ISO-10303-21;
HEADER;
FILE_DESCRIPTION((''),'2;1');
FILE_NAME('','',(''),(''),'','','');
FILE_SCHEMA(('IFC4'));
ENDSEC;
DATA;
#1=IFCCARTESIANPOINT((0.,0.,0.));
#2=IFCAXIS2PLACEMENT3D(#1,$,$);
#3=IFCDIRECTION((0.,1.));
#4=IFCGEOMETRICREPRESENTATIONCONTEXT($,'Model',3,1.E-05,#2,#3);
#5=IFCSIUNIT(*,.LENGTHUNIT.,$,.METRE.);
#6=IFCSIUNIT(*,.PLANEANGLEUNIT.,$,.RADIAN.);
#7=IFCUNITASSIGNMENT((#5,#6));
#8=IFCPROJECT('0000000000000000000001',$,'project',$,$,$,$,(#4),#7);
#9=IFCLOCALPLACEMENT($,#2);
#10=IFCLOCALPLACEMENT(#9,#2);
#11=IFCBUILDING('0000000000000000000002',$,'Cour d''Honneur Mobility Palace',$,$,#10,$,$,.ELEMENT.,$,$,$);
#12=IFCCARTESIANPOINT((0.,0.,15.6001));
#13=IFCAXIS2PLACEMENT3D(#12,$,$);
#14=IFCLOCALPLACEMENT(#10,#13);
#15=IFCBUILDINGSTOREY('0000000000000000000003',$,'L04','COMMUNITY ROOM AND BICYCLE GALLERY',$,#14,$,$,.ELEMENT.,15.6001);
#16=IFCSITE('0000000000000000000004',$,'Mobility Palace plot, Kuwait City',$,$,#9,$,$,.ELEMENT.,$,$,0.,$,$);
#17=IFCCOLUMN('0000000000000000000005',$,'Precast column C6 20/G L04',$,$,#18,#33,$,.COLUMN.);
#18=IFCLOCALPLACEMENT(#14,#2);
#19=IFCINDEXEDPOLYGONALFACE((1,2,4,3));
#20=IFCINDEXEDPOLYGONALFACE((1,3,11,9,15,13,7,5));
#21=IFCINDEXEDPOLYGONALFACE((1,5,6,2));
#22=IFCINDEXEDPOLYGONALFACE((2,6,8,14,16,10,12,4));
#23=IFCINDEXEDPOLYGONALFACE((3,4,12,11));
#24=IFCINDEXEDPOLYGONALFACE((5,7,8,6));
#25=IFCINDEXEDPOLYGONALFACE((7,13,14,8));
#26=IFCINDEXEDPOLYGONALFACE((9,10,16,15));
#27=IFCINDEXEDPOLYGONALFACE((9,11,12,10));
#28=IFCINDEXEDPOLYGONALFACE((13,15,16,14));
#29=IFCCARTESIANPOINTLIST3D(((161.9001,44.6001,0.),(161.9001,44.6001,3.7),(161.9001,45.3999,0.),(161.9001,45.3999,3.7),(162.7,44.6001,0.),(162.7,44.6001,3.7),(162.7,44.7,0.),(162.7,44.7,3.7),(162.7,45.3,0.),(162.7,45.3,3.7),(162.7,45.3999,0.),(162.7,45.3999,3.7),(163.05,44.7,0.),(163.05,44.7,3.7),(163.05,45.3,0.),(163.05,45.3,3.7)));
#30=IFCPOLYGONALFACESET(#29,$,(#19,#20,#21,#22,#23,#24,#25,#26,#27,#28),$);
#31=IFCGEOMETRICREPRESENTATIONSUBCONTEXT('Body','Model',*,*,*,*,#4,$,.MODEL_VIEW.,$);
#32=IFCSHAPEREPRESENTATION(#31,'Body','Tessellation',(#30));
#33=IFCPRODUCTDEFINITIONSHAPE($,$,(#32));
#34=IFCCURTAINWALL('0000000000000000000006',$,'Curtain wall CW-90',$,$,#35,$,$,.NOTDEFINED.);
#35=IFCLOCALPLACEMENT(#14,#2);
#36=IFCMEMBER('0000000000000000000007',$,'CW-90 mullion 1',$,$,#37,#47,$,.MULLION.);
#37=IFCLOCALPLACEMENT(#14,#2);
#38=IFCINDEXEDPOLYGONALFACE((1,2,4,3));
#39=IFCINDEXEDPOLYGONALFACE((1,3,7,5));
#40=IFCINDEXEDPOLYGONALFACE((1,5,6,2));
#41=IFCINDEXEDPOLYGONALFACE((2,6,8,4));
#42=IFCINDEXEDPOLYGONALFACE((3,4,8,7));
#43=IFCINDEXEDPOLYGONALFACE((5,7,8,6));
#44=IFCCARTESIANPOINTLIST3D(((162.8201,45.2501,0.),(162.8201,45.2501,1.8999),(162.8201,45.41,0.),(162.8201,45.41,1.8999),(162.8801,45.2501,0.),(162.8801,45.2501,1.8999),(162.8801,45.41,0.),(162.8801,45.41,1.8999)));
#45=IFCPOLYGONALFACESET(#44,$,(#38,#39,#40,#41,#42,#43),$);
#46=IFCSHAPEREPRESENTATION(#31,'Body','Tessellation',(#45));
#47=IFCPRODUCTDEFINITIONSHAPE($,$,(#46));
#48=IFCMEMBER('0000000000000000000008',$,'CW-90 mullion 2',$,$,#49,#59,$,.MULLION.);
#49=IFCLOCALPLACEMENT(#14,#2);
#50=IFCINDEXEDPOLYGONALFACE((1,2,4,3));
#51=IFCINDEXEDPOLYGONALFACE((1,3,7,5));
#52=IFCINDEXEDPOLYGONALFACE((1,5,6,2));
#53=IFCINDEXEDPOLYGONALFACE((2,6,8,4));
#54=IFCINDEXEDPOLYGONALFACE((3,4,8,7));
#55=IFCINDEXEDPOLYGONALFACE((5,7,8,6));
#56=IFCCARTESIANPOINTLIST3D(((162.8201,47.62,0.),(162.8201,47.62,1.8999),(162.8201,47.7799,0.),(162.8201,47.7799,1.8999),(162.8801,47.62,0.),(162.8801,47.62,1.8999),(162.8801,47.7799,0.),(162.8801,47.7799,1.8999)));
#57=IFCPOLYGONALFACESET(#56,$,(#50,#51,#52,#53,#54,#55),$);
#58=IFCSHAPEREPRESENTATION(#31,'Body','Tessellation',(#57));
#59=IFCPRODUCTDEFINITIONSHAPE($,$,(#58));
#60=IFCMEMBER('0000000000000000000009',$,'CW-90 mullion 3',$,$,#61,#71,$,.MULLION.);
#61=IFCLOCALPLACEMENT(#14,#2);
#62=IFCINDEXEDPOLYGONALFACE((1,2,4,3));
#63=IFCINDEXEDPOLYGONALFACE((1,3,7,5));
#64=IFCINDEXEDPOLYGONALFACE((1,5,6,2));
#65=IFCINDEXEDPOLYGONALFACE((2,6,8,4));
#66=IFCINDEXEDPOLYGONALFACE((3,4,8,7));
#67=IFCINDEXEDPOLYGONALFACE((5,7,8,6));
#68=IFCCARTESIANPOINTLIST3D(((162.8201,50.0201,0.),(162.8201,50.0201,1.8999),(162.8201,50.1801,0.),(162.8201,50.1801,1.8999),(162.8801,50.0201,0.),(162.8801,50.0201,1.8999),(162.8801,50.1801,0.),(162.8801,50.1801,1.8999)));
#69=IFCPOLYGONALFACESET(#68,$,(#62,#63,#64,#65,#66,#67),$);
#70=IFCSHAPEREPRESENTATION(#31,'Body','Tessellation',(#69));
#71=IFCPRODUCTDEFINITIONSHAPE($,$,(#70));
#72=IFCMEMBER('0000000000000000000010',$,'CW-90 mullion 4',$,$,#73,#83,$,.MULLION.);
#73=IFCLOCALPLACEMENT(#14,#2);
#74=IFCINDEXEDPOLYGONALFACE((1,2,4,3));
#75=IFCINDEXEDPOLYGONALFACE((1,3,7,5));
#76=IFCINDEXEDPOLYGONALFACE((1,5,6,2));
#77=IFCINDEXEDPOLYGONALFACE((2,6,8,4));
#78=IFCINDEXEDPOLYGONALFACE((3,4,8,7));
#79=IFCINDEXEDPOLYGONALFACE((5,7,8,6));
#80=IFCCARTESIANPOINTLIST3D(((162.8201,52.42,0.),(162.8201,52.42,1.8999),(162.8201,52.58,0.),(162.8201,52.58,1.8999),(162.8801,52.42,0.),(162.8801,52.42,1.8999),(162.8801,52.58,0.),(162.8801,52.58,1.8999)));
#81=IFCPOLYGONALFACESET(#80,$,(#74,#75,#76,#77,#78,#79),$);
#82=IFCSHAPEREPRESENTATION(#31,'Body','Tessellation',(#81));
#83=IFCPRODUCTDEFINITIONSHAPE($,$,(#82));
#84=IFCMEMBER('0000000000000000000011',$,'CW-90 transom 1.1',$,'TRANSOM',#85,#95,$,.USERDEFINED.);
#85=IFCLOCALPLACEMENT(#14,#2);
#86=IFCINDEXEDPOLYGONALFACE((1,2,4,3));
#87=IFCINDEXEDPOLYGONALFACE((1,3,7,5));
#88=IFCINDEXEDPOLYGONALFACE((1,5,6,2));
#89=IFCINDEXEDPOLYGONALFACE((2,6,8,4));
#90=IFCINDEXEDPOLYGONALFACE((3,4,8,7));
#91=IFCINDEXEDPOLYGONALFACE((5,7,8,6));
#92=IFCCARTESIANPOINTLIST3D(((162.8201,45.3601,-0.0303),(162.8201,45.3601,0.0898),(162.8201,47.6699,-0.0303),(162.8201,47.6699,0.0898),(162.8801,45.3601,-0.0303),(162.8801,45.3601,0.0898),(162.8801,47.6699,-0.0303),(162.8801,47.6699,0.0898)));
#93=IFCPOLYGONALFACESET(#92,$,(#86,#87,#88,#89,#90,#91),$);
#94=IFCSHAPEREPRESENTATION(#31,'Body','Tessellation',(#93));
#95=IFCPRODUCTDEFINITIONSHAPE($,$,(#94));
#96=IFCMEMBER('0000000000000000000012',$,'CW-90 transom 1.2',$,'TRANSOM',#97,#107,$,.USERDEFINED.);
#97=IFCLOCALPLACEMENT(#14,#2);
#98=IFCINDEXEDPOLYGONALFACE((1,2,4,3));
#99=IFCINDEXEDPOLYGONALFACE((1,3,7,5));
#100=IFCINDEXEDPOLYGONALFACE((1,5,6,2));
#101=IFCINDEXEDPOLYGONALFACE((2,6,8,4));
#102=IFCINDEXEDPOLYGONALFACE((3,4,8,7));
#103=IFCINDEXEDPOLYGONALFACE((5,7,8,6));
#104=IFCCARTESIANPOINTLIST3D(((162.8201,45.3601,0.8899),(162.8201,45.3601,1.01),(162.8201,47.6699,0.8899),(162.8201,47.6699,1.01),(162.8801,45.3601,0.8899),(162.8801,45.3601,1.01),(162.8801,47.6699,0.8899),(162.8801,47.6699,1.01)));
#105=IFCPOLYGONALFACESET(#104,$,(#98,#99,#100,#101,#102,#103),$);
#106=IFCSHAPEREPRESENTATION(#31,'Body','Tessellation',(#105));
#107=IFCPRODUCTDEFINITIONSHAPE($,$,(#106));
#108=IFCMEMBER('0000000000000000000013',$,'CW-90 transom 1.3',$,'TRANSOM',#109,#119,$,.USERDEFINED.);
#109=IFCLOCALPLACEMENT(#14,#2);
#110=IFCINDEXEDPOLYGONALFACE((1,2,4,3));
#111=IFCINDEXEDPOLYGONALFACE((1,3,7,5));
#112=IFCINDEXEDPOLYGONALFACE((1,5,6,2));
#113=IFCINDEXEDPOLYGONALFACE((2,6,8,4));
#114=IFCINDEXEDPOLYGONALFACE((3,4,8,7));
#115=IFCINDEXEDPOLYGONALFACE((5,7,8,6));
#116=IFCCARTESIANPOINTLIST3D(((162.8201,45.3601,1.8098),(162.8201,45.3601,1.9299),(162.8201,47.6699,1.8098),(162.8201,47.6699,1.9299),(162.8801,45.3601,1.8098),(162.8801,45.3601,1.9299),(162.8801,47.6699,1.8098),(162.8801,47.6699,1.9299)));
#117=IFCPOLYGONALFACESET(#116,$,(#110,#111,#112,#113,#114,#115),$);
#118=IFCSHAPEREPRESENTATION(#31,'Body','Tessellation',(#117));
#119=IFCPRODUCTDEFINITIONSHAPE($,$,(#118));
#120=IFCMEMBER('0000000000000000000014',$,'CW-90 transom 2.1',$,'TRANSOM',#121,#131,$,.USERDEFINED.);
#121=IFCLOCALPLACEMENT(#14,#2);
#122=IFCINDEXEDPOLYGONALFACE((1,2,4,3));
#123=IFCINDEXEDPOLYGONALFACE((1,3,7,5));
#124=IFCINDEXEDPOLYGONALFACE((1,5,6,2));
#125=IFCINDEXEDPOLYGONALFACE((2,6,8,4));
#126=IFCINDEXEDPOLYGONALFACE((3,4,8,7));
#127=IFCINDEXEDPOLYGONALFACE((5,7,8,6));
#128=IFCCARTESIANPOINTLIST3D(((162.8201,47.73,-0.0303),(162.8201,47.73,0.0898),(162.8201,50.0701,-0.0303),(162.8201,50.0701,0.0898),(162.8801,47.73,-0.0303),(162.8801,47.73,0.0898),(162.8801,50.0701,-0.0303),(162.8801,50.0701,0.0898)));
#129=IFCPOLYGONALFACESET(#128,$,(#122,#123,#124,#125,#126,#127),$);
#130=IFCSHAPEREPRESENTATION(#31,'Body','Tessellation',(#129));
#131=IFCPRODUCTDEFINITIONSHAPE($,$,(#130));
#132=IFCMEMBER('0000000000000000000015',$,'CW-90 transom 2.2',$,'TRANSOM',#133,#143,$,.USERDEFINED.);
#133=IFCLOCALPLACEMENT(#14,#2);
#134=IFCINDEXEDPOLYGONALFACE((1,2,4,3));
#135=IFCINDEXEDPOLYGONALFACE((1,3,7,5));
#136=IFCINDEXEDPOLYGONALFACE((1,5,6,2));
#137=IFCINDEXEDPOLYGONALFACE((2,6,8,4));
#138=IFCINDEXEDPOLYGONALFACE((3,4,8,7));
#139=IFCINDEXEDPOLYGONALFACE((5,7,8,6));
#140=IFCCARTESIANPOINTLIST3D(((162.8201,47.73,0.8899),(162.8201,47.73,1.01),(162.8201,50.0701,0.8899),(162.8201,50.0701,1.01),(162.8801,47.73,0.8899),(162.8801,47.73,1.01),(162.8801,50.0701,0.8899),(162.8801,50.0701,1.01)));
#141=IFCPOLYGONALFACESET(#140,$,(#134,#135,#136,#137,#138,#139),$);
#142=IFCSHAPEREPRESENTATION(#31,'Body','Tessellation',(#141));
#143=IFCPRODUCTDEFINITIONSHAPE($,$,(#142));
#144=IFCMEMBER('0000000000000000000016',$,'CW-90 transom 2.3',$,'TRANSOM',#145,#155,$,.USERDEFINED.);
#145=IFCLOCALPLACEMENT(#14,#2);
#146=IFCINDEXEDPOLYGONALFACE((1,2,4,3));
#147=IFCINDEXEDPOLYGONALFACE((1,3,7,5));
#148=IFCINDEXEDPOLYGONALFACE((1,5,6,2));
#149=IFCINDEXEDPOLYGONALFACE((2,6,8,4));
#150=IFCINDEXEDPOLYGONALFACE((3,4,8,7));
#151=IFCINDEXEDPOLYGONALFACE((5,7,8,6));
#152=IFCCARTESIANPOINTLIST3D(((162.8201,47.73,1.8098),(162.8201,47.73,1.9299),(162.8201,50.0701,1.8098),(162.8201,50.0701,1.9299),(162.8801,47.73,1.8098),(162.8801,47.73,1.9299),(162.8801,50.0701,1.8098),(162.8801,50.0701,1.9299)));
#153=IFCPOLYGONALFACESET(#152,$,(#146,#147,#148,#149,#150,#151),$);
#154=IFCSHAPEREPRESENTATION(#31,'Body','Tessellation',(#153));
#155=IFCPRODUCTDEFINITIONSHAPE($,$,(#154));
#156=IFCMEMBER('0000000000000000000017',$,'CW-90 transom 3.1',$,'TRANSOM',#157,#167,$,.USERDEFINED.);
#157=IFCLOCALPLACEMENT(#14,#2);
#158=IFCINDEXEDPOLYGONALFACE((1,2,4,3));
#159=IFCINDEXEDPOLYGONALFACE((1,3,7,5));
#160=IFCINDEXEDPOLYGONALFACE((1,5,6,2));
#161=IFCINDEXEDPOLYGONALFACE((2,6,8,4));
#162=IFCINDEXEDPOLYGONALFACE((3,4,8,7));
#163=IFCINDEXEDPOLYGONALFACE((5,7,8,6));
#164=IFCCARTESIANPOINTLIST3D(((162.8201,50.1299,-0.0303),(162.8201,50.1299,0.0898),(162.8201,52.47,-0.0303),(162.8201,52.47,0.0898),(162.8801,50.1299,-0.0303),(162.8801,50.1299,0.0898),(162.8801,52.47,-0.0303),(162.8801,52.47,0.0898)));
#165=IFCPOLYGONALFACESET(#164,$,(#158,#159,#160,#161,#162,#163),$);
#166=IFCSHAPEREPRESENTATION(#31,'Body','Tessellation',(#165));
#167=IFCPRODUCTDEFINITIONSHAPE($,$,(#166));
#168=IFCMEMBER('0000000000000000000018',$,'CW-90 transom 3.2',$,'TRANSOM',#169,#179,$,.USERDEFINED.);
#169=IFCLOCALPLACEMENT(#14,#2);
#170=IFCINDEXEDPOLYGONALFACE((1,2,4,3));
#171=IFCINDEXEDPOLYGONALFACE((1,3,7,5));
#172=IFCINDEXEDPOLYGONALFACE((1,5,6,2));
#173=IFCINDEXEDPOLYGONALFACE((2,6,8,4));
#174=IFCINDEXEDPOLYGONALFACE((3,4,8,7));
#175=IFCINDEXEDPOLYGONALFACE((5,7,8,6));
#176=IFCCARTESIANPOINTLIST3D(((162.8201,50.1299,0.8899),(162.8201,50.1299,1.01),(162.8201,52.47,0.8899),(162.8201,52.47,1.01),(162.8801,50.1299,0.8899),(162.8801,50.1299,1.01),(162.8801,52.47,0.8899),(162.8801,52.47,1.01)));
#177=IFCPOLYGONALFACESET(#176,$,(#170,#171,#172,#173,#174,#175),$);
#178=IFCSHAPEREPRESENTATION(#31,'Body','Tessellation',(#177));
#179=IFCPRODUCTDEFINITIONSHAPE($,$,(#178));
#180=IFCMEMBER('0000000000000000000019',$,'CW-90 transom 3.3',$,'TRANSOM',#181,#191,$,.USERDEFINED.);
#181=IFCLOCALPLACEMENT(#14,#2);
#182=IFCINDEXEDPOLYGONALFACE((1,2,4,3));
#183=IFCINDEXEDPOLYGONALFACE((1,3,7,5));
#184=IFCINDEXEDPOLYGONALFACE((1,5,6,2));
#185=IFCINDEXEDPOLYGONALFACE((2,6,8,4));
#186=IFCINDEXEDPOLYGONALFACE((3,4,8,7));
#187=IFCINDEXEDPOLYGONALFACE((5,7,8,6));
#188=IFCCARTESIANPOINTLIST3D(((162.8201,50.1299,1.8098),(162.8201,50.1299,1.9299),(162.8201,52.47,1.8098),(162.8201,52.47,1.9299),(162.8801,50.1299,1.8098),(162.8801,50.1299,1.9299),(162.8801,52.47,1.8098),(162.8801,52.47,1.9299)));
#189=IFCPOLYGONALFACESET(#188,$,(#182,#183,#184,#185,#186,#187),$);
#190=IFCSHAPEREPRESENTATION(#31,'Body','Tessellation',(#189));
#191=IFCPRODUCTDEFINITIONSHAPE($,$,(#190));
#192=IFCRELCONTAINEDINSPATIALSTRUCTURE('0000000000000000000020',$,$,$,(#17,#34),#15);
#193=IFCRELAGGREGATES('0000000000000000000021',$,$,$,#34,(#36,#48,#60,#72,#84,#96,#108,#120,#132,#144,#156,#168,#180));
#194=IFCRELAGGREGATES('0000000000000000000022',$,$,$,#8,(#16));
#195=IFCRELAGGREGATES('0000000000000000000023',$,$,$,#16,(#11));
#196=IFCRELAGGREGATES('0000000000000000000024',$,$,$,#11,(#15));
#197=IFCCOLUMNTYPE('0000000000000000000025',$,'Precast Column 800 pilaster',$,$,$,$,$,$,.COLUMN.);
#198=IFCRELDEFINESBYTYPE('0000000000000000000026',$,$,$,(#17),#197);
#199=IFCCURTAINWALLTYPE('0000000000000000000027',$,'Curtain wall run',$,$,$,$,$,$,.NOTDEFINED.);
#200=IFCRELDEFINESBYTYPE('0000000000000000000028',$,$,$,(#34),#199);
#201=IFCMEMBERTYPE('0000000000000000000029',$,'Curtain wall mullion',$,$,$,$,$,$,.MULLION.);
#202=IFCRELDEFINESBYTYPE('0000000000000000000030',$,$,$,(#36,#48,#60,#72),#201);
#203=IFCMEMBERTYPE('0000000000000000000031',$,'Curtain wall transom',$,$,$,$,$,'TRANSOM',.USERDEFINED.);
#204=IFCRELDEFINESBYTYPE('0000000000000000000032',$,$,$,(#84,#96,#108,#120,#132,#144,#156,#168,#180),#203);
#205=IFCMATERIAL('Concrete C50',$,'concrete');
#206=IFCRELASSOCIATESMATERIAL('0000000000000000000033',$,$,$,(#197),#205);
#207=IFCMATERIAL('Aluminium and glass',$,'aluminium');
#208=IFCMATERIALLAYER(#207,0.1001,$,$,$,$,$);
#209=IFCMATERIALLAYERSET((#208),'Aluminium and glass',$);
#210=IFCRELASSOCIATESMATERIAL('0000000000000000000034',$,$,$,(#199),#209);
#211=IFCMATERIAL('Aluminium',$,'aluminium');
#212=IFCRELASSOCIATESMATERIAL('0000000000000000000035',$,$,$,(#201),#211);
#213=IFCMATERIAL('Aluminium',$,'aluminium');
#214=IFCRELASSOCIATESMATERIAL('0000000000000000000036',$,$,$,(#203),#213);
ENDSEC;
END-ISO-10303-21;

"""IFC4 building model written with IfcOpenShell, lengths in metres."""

from ifc_helpers import new_model, si_unit, direction, frame, origin, origin_2d, place, context, subcontext, project, spatial, polyline, rectangle, outline, extrude, material, layer, layer_set, material_profile, profile_set, type_object, element, aggregate, save


model = new_model("IFC4")

# Units and contexts
model_context = context("Model", 3, precision=1e-05, world=origin(), true_north=direction((0.0, 1.0)))
body_context = subcontext(model_context, "Body", "Model", "MODEL_VIEW")
ifc_project = project(units=[si_unit("LENGTHUNIT", "METRE"), si_unit("PLANEANGLEUNIT", "RADIAN")], contexts=[model_context])

# Site, building, storey
site_placement = place(None, origin())
site = spatial("IfcSite", under=ifc_project, at=site_placement, Name="Mobility Palace plot, Kuwait City", CompositionType="ELEMENT", RefElevation=0.0)
building_placement = place(site_placement, origin())
building = spatial("IfcBuilding", under=site, at=building_placement, Name="Cour d'Honneur Mobility Palace", CompositionType="ELEMENT")
storey_placement = place(building_placement, frame((0.0, 0.0, 15.6001)))
storey = spatial("IfcBuildingStorey", under=building, at=storey_placement, Name="L04", Description="COMMUNITY ROOM AND BICYCLE GALLERY", CompositionType="ELEMENT", Elevation=15.6001)

# Column
ifc_material_1 = material(Name="Concrete C50", Category="concrete")
ifc_material_profile_1 = material_profile(ifc_material_1, outline(polyline([(-0.3999, -0.3999), (0.3999, -0.3999), (0.3999, -0.3), (0.75, -0.3), (0.75, 0.3), (0.3999, 0.3), (0.3999, 0.3999), (-0.3999, 0.3999), (-0.3999, -0.3999)])), Name="PC C800 pilaster")
ifc_profile_set_1 = profile_set([ifc_material_profile_1], Name="Concrete C50")
column_type = type_object("IfcColumnType", Name="Precast Column 800 pilaster", PredefinedType="COLUMN", material=ifc_profile_set_1)
column_placement = place(storey_placement, frame((162.3, 45.0, 0.0), z_axis=(0.0, 0.0, 1.0), x_axis=(1.0, 0.0, 0.0)))
element("IfcColumn", 1, at=column_placement, inside=storey, type_object=column_type, Name="Precast column C6 20/G L04", PredefinedType="COLUMN", context=body_context, shape_type="SweptSolid", body=[
    extrude(outline(polyline([(-0.3999, -0.3999), (0.3999, -0.3999), (0.3999, -0.3), (0.75, -0.3), (0.75, 0.3), (0.3999, 0.3), (0.3999, 0.3999), (-0.3999, 0.3999), (-0.3999, -0.3999)])), origin(), (0.0, 0.0, 1.0), 3.7),
])

# Curtain wall, members
ifc_material_2 = material(Name="Aluminium and glass", Category="aluminium")
ifc_layer_1 = layer(ifc_material_2, 0.1001)
ifc_layer_set_1 = layer_set([ifc_layer_1], Name="Aluminium and glass")
curtain_wall_type = type_object("IfcCurtainWallType", Name="Curtain wall run", PredefinedType="NOTDEFINED", material=ifc_layer_set_1)
curtain_wall_placement = place(storey_placement, origin())
curtain_wall = element("IfcCurtainWall", 2, at=curtain_wall_placement, inside=storey, type_object=curtain_wall_type, Name="Curtain wall CW-90", PredefinedType="NOTDEFINED")
ifc_material_3 = material(Name="Aluminium", Category="aluminium")
ifc_material_profile_2 = material_profile(ifc_material_3, rectangle(XDim=0.0601, YDim=0.1599, at=origin_2d()), Name="Curtain wall mullion")
ifc_profile_set_2 = profile_set([ifc_material_profile_2], Name="Aluminium")
member_type_1 = type_object("IfcMemberType", Name="Curtain wall mullion", PredefinedType="MULLION", material=ifc_profile_set_2)
member_1_placement = place(storey_placement, frame((162.8501, 45.3301, 0.0), z_axis=(0.0, 0.0, 1.0), x_axis=(-1.0, 0.0, 0.0)))
member_1 = element("IfcMember", 3, at=member_1_placement, type_object=member_type_1, Name="CW-90 mullion 1", PredefinedType="MULLION", context=body_context, shape_type="SweptSolid", body=[
    extrude(rectangle(XDim=0.0601, YDim=0.1599, at=origin_2d()), origin(), (0.0, 0.0, 1.0), 1.8999),
])
member_2_placement = place(storey_placement, frame((162.8501, 47.7, 0.0), z_axis=(0.0, 0.0, 1.0), x_axis=(-1.0, 0.0, 0.0)))
member_2 = element("IfcMember", 4, at=member_2_placement, type_object=member_type_1, Name="CW-90 mullion 2", PredefinedType="MULLION", context=body_context, shape_type="SweptSolid", body=[
    extrude(rectangle(XDim=0.0601, YDim=0.1599, at=origin_2d()), origin(), (0.0, 0.0, 1.0), 1.8999),
])
member_3_placement = place(storey_placement, frame((162.8501, 50.1001, 0.0), z_axis=(0.0, 0.0, 1.0), x_axis=(-1.0, 0.0, 0.0)))
member_3 = element("IfcMember", 5, at=member_3_placement, type_object=member_type_1, Name="CW-90 mullion 3", PredefinedType="MULLION", context=body_context, shape_type="SweptSolid", body=[
    extrude(rectangle(XDim=0.0601, YDim=0.1599, at=origin_2d()), origin(), (0.0, 0.0, 1.0), 1.8999),
])
member_4_placement = place(storey_placement, frame((162.8501, 52.5, 0.0), z_axis=(0.0, 0.0, 1.0), x_axis=(-1.0, 0.0, 0.0)))
member_4 = element("IfcMember", 6, at=member_4_placement, type_object=member_type_1, Name="CW-90 mullion 4", PredefinedType="MULLION", context=body_context, shape_type="SweptSolid", body=[
    extrude(rectangle(XDim=0.0601, YDim=0.1599, at=origin_2d()), origin(), (0.0, 0.0, 1.0), 1.8999),
])
ifc_material_4 = material(Name="Aluminium", Category="aluminium")
ifc_material_profile_3 = material_profile(ifc_material_4, rectangle(XDim=0.0601, YDim=0.1201, at=origin_2d()), Name="Curtain wall transom")
ifc_profile_set_3 = profile_set([ifc_material_profile_3], Name="Aluminium")
member_type_2 = type_object("IfcMemberType", Name="Curtain wall transom", ElementType="TRANSOM", PredefinedType="USERDEFINED", material=ifc_profile_set_3)
member_5_placement = place(storey_placement, frame((162.8501, 45.3601, 0.0298), z_axis=(0.0, 1.0, 0.0), x_axis=(-1.0, 0.0, 0.0)))
member_5 = element("IfcMember", 7, at=member_5_placement, type_object=member_type_2, Name="CW-90 transom 1.1", ObjectType="TRANSOM", PredefinedType="USERDEFINED", context=body_context, shape_type="SweptSolid", body=[
    extrude(rectangle(XDim=0.0601, YDim=0.1201, at=origin_2d()), origin(), (0.0, 0.0, 1.0), 2.3098),
])
member_6_placement = place(storey_placement, frame((162.8501, 45.3601, 0.95), z_axis=(0.0, 1.0, 0.0), x_axis=(-1.0, 0.0, 0.0)))
member_6 = element("IfcMember", 8, at=member_6_placement, type_object=member_type_2, Name="CW-90 transom 1.2", ObjectType="TRANSOM", PredefinedType="USERDEFINED", context=body_context, shape_type="SweptSolid", body=[
    extrude(rectangle(XDim=0.0601, YDim=0.1201, at=origin_2d()), origin(), (0.0, 0.0, 1.0), 2.3098),
])
member_7_placement = place(storey_placement, frame((162.8501, 45.3601, 1.8699), z_axis=(0.0, 1.0, 0.0), x_axis=(-1.0, 0.0, 0.0)))
member_7 = element("IfcMember", 9, at=member_7_placement, type_object=member_type_2, Name="CW-90 transom 1.3", ObjectType="TRANSOM", PredefinedType="USERDEFINED", context=body_context, shape_type="SweptSolid", body=[
    extrude(rectangle(XDim=0.0601, YDim=0.1201, at=origin_2d()), origin(), (0.0, 0.0, 1.0), 2.3098),
])
member_8_placement = place(storey_placement, frame((162.8501, 47.73, 0.0298), z_axis=(0.0, 1.0, 0.0), x_axis=(-1.0, 0.0, 0.0)))
member_8 = element("IfcMember", 10, at=member_8_placement, type_object=member_type_2, Name="CW-90 transom 2.1", ObjectType="TRANSOM", PredefinedType="USERDEFINED", context=body_context, shape_type="SweptSolid", body=[
    extrude(rectangle(XDim=0.0601, YDim=0.1201, at=origin_2d()), origin(), (0.0, 0.0, 1.0), 2.3401),
])
member_9_placement = place(storey_placement, frame((162.8501, 47.73, 0.95), z_axis=(0.0, 1.0, 0.0), x_axis=(-1.0, 0.0, 0.0)))
member_9 = element("IfcMember", 11, at=member_9_placement, type_object=member_type_2, Name="CW-90 transom 2.2", ObjectType="TRANSOM", PredefinedType="USERDEFINED", context=body_context, shape_type="SweptSolid", body=[
    extrude(rectangle(XDim=0.0601, YDim=0.1201, at=origin_2d()), origin(), (0.0, 0.0, 1.0), 2.3401),
])
member_10_placement = place(storey_placement, frame((162.8501, 47.73, 1.8699), z_axis=(0.0, 1.0, 0.0), x_axis=(-1.0, 0.0, 0.0)))
member_10 = element("IfcMember", 12, at=member_10_placement, type_object=member_type_2, Name="CW-90 transom 2.3", ObjectType="TRANSOM", PredefinedType="USERDEFINED", context=body_context, shape_type="SweptSolid", body=[
    extrude(rectangle(XDim=0.0601, YDim=0.1201, at=origin_2d()), origin(), (0.0, 0.0, 1.0), 2.3401),
])
member_11_placement = place(storey_placement, frame((162.8501, 50.1299, 0.0298), z_axis=(0.0, 1.0, 0.0), x_axis=(-1.0, 0.0, 0.0)))
member_11 = element("IfcMember", 13, at=member_11_placement, type_object=member_type_2, Name="CW-90 transom 3.1", ObjectType="TRANSOM", PredefinedType="USERDEFINED", context=body_context, shape_type="SweptSolid", body=[
    extrude(rectangle(XDim=0.0601, YDim=0.1201, at=origin_2d()), origin(), (0.0, 0.0, 1.0), 2.3401),
])
member_12_placement = place(storey_placement, frame((162.8501, 50.1299, 0.95), z_axis=(0.0, 1.0, 0.0), x_axis=(-1.0, 0.0, 0.0)))
member_12 = element("IfcMember", 14, at=member_12_placement, type_object=member_type_2, Name="CW-90 transom 3.2", ObjectType="TRANSOM", PredefinedType="USERDEFINED", context=body_context, shape_type="SweptSolid", body=[
    extrude(rectangle(XDim=0.0601, YDim=0.1201, at=origin_2d()), origin(), (0.0, 0.0, 1.0), 2.3401),
])
member_13_placement = place(storey_placement, frame((162.8501, 50.1299, 1.8699), z_axis=(0.0, 1.0, 0.0), x_axis=(-1.0, 0.0, 0.0)))
member_13 = element("IfcMember", 15, at=member_13_placement, type_object=member_type_2, Name="CW-90 transom 3.3", ObjectType="TRANSOM", PredefinedType="USERDEFINED", context=body_context, shape_type="SweptSolid", body=[
    extrude(rectangle(XDim=0.0601, YDim=0.1201, at=origin_2d()), origin(), (0.0, 0.0, 1.0), 2.3401),
])

aggregate(curtain_wall, [member_1, member_2, member_3, member_4, member_5, member_6, member_7, member_8, member_9, member_10, member_11, member_12, member_13])

save(model, "model.ifc")
